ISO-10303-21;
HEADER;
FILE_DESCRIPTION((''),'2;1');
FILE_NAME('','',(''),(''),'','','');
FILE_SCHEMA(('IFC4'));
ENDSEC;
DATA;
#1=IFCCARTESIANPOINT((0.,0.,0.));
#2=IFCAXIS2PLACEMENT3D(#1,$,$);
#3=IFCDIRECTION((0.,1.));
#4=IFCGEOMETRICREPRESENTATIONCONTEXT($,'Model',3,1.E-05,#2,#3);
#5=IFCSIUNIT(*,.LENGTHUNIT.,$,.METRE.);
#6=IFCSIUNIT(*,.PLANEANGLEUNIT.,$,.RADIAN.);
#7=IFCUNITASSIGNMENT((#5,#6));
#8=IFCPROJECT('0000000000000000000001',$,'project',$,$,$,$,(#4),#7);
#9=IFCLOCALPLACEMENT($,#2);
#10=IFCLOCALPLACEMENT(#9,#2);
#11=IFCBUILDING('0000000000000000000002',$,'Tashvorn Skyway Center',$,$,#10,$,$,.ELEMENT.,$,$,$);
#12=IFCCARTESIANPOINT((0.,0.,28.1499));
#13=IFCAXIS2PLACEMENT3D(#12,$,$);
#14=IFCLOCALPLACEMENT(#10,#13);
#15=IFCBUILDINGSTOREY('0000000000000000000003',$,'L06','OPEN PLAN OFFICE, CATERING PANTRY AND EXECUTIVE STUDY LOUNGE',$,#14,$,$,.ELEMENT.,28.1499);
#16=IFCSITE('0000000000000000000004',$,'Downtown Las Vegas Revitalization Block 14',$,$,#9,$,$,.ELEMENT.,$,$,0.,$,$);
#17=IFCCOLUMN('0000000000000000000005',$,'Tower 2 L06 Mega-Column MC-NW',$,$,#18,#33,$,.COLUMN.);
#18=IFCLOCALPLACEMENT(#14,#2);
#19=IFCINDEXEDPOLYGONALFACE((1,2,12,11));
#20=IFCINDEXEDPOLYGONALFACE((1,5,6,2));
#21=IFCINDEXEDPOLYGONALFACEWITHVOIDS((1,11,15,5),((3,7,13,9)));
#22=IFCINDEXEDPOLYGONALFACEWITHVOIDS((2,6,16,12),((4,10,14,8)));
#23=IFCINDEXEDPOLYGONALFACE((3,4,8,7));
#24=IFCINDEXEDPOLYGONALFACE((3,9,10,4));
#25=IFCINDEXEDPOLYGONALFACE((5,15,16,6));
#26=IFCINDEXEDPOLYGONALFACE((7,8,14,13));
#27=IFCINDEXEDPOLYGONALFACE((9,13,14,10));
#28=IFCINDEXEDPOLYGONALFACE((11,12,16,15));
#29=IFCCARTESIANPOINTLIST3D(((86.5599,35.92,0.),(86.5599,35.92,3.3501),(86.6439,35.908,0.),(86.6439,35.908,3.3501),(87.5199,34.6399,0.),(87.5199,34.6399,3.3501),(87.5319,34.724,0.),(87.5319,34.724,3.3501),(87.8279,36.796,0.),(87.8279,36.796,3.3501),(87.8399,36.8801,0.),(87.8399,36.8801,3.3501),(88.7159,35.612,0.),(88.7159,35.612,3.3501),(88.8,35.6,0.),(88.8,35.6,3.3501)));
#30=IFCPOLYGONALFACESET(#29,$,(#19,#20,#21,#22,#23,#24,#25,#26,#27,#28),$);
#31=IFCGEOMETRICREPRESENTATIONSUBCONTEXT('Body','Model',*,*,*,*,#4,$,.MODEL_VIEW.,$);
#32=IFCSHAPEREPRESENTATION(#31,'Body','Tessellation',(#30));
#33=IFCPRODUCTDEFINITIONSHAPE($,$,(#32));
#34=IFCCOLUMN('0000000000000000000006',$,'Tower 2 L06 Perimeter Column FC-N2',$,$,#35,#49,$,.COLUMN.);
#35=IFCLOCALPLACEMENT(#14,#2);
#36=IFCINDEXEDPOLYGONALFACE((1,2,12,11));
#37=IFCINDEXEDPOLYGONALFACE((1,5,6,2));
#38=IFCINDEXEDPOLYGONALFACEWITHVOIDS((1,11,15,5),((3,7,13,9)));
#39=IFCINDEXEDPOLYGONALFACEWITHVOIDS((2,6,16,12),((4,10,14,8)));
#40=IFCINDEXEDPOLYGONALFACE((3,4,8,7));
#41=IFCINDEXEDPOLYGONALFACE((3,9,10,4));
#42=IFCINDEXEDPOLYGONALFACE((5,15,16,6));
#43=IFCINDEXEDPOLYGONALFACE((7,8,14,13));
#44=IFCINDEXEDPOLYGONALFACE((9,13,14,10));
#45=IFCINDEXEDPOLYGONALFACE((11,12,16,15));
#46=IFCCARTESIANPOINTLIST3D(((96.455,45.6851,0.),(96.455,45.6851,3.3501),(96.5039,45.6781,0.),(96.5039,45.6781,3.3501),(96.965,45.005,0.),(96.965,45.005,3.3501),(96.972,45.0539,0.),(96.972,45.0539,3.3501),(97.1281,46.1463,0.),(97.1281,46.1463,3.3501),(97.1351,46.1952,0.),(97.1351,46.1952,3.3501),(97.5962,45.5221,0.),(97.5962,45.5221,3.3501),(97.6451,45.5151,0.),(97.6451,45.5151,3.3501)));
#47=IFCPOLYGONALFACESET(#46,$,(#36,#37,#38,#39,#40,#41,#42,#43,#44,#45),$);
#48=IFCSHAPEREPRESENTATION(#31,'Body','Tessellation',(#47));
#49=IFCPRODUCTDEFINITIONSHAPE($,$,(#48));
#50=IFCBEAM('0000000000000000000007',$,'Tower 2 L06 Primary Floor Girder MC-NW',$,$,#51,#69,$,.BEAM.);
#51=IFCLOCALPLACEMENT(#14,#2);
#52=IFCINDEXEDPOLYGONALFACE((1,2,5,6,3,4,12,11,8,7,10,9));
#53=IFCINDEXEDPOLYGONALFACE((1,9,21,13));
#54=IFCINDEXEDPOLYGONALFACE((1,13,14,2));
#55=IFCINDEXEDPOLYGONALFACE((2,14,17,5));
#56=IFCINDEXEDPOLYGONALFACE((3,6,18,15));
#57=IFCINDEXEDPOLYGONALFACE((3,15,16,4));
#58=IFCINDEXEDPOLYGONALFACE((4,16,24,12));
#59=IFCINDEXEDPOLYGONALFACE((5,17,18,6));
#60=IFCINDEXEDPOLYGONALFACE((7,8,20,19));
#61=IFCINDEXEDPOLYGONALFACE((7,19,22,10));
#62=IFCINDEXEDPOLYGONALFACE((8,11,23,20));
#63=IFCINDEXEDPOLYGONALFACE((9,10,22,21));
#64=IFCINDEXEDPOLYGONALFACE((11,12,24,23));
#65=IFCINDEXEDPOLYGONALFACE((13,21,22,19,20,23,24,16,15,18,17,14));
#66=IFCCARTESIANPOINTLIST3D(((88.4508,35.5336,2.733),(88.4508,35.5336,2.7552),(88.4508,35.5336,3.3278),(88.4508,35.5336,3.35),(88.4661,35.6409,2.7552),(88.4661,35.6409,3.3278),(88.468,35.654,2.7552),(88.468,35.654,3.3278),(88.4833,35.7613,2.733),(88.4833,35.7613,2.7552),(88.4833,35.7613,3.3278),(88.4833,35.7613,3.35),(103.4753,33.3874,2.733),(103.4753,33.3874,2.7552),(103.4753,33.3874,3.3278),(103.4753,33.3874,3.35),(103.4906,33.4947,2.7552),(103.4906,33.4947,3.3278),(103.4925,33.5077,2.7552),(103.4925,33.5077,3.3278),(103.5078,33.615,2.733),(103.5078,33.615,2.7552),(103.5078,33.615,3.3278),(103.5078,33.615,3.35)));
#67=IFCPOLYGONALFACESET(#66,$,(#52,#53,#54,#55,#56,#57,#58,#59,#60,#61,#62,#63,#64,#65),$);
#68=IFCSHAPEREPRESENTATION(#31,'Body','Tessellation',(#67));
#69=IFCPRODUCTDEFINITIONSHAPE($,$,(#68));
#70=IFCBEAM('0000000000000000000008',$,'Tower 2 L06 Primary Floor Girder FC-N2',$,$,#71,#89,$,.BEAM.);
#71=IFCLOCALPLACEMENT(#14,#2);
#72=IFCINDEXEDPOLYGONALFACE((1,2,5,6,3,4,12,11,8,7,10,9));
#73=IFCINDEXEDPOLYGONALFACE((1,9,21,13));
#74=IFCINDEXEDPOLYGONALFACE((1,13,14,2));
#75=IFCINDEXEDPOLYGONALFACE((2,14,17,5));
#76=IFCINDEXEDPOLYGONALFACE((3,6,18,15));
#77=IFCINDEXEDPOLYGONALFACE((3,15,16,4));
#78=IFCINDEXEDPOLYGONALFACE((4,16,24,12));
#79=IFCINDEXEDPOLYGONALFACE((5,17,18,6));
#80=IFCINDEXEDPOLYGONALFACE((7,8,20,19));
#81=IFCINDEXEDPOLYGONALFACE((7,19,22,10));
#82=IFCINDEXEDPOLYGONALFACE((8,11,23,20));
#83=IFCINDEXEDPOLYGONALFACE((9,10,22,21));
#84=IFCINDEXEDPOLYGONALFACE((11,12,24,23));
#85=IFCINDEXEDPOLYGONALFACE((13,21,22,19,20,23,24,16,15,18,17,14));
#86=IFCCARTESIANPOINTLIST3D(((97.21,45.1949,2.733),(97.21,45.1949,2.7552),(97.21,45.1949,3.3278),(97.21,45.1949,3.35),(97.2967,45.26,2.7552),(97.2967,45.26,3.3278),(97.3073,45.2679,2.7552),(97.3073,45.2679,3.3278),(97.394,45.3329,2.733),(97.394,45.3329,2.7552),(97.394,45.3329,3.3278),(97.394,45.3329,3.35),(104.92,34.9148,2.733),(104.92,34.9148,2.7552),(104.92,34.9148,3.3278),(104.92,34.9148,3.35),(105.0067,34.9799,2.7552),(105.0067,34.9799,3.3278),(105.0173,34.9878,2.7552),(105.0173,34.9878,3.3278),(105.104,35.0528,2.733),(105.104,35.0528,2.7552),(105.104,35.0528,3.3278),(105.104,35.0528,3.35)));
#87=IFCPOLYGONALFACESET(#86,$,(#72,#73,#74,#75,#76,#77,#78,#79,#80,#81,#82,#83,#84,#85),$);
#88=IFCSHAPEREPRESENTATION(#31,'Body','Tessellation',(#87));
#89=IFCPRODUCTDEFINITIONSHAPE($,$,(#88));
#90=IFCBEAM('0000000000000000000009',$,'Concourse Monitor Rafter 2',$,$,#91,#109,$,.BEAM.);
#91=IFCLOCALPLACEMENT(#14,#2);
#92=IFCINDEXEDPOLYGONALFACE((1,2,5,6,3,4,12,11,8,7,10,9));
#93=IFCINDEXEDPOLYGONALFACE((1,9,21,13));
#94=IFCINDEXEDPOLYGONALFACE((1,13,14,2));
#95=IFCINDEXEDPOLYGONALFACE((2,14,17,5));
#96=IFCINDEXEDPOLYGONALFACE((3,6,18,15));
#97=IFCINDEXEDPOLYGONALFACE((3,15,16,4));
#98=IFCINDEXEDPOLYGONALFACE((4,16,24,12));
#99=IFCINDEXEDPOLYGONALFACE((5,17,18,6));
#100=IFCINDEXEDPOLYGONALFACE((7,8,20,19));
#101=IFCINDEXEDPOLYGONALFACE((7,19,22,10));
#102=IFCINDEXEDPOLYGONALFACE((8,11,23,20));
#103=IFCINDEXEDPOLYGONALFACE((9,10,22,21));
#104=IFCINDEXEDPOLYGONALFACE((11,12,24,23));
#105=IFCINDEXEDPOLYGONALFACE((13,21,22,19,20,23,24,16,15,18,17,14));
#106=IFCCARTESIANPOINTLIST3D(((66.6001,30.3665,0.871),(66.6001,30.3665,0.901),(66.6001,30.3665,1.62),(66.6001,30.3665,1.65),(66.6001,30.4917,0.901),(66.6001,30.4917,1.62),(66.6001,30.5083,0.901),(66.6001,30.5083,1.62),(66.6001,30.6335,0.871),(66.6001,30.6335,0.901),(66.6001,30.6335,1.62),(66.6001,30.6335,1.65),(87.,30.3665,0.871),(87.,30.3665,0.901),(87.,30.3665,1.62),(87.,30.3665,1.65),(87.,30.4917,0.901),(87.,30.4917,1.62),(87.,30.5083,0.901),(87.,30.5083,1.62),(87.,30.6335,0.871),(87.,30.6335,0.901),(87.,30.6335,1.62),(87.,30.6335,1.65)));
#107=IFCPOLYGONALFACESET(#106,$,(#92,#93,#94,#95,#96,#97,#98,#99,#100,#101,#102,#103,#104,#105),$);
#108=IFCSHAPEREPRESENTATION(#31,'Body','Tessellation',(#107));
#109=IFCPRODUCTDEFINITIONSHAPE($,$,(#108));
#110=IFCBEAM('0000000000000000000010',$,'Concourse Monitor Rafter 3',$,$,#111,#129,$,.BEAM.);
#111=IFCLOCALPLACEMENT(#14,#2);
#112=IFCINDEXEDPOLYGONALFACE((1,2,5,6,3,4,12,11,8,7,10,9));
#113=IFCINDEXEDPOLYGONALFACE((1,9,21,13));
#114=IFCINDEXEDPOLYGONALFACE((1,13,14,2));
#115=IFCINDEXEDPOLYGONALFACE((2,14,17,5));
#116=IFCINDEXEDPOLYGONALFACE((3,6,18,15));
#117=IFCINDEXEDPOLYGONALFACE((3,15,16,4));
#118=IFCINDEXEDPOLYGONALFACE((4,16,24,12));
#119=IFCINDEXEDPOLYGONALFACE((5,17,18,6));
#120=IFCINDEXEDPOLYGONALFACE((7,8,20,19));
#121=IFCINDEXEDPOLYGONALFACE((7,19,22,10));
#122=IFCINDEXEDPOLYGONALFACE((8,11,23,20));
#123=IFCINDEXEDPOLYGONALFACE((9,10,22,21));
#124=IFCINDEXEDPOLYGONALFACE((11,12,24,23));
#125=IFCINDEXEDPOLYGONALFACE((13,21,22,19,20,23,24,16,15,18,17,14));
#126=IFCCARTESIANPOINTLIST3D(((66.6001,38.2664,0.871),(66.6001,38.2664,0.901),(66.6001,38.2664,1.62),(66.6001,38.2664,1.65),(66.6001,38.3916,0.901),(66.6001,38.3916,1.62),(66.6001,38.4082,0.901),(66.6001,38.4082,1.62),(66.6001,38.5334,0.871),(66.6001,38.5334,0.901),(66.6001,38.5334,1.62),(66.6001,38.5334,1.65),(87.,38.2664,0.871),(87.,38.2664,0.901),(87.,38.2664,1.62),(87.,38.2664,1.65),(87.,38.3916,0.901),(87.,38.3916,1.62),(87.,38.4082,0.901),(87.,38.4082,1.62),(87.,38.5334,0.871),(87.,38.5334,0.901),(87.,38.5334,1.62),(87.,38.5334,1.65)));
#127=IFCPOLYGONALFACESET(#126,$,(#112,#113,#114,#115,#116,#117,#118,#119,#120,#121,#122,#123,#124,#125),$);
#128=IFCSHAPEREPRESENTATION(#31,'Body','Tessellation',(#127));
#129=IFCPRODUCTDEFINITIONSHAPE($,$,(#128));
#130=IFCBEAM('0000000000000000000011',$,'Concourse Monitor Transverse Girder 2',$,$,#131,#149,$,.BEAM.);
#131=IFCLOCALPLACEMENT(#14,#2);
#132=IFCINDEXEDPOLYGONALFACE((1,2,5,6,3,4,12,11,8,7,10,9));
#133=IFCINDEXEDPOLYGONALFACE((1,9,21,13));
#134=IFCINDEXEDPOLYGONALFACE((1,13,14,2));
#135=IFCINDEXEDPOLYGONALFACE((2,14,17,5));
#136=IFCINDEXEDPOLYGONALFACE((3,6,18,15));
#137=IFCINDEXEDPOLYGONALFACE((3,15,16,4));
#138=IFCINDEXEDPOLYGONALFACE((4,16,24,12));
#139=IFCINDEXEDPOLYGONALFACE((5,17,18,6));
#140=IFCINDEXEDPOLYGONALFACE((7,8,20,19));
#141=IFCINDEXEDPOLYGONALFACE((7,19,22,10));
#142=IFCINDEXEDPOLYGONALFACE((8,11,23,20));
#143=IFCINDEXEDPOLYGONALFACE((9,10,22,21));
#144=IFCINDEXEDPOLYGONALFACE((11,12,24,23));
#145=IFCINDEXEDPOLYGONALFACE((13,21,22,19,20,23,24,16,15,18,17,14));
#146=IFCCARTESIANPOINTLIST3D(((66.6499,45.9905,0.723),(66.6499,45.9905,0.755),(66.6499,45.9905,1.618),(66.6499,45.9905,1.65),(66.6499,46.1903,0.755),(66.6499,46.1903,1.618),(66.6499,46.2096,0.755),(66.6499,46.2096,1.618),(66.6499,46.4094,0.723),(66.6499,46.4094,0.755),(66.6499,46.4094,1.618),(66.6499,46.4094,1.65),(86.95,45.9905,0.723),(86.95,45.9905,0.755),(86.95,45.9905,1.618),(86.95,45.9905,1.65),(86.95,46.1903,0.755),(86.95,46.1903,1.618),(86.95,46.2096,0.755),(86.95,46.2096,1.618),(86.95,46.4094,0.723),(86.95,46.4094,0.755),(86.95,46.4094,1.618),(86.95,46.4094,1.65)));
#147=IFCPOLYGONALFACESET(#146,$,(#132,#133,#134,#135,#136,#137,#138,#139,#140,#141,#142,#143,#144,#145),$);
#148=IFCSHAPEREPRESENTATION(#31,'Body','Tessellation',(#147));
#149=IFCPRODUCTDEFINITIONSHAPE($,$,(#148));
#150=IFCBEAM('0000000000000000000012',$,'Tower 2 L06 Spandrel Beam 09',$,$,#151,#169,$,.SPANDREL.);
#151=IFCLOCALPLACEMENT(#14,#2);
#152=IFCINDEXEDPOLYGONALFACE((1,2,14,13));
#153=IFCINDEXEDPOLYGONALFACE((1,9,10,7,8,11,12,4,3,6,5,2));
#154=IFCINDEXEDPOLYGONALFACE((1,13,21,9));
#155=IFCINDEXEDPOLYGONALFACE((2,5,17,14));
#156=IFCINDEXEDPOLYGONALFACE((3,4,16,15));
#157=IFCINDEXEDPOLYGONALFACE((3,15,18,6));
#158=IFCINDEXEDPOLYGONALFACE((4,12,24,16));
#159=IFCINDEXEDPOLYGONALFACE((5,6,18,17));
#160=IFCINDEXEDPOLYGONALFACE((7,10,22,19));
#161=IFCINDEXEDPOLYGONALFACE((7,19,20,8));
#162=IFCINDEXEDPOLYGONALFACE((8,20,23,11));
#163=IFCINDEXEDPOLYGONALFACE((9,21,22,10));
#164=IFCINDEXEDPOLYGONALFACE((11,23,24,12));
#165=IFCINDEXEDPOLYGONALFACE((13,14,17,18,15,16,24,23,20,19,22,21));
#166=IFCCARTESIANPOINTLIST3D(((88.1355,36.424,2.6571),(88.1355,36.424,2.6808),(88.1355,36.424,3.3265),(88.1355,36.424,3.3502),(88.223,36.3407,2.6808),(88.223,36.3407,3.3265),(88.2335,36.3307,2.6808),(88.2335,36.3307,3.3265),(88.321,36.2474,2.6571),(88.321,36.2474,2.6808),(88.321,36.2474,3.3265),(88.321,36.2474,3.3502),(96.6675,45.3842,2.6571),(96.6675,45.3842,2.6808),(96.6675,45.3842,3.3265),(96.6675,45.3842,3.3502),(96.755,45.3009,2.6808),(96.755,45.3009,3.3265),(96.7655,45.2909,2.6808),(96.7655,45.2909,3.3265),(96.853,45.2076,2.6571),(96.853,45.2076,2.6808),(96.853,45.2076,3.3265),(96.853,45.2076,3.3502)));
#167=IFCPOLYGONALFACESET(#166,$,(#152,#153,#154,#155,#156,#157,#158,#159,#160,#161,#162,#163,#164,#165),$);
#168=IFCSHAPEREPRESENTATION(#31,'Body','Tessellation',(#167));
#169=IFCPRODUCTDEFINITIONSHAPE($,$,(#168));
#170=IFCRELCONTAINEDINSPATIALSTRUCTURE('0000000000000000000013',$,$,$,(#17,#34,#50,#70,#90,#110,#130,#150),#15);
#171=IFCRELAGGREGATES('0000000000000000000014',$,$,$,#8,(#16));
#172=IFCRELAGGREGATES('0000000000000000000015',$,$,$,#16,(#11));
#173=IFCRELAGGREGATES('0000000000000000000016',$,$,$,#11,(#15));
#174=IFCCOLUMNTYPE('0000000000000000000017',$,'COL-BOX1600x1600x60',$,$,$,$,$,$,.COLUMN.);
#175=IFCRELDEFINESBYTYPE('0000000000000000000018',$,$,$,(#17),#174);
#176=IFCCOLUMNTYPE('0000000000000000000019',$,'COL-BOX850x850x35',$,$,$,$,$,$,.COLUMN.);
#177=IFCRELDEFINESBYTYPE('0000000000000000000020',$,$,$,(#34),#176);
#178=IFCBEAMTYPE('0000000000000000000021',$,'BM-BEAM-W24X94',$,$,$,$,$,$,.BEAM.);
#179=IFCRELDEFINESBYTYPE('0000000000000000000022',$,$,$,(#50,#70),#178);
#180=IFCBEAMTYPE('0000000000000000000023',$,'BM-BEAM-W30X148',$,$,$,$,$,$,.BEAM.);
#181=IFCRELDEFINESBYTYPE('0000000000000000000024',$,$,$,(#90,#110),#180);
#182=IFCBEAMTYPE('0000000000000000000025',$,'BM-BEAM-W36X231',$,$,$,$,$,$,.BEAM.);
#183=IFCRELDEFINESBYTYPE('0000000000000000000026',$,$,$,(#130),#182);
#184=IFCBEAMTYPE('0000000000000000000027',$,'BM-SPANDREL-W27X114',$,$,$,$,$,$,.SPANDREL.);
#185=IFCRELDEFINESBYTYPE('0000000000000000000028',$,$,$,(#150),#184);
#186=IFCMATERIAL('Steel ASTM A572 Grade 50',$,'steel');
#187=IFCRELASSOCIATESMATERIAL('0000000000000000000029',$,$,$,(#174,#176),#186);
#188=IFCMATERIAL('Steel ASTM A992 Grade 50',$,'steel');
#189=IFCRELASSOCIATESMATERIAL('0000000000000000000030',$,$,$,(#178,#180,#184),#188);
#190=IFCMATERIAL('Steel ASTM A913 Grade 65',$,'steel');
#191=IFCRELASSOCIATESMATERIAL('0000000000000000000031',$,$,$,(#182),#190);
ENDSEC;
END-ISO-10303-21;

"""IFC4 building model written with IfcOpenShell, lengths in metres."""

from ifc_helpers import new_model, si_unit, direction, frame, origin, origin_2d, place, context, subcontext, project, spatial, hollow_rectangle, i_section, extrude, material, material_profile, profile_set, type_object, element, save


model = new_model("IFC4")

# Units and contexts
model_context = context("Model", 3, precision=1e-05, world=origin(), true_north=direction((0.0, 1.0)))
body_context = subcontext(model_context, "Body", "Model", "MODEL_VIEW")
ifc_project = project(units=[si_unit("LENGTHUNIT", "METRE"), si_unit("PLANEANGLEUNIT", "RADIAN")], contexts=[model_context])

# Site, building, storey
site_placement = place(None, origin())
site = spatial("IfcSite", under=ifc_project, at=site_placement, Name="Downtown Las Vegas Revitalization Block 14", CompositionType="ELEMENT", RefElevation=0.0)
building_placement = place(site_placement, origin())
building = spatial("IfcBuilding", under=site, at=building_placement, Name="Tashvorn Skyway Center", CompositionType="ELEMENT")
storey_placement = place(building_placement, frame((0.0, 0.0, 28.1499)))
storey = spatial("IfcBuildingStorey", under=building, at=storey_placement, Name="L06", Description="OPEN PLAN OFFICE, CATERING PANTRY AND EXECUTIVE STUDY LOUNGE", CompositionType="ELEMENT", Elevation=28.1499)

# Columns
ifc_material_1 = material(Name="Steel ASTM A572 Grade 50", Category="steel")
ifc_material_profile_1 = material_profile(ifc_material_1, hollow_rectangle(XDim=1.6001, YDim=1.6001, WallThickness=0.0601, at=origin_2d()), Name="BOX1600x1600x60")
ifc_profile_set_1 = profile_set([ifc_material_profile_1], Name="Steel ASTM A572 Grade 50")
column_type_1 = type_object("IfcColumnType", Name="COL-BOX1600x1600x60", PredefinedType="COLUMN", material=ifc_profile_set_1)
column_1_placement = place(storey_placement, frame((87.6799, 35.76, 0.0), z_axis=(0.0, 0.0, 1.0), x_axis=(0.8, 0.6, 0.0)))
element("IfcColumn", 1, at=column_1_placement, inside=storey, type_object=column_type_1, Name="Tower 2 L06 Mega-Column MC-NW", PredefinedType="COLUMN", context=body_context, shape_type="SweptSolid", body=[
    extrude(hollow_rectangle(XDim=1.6001, YDim=1.6001, WallThickness=0.0601, at=origin_2d()), origin(), (0.0, 0.0, 1.0), 3.3501),
])
ifc_material_profile_2 = material_profile(ifc_material_1, hollow_rectangle(XDim=0.8501, YDim=0.8501, WallThickness=0.0349, at=origin_2d()), Name="BOX850x850x35")
ifc_profile_set_2 = profile_set([ifc_material_profile_2], Name="Steel ASTM A572 Grade 50")
column_type_2 = type_object("IfcColumnType", Name="COL-BOX850x850x35", PredefinedType="COLUMN", material=ifc_profile_set_2)
column_2_placement = place(storey_placement, frame((97.05, 45.6001, 0.0), z_axis=(0.0, 0.0, 1.0), x_axis=(0.8, 0.6, 0.0)))
element("IfcColumn", 2, at=column_2_placement, inside=storey, type_object=column_type_2, Name="Tower 2 L06 Perimeter Column FC-N2", PredefinedType="COLUMN", context=body_context, shape_type="SweptSolid", body=[
    extrude(hollow_rectangle(XDim=0.8501, YDim=0.8501, WallThickness=0.0349, at=origin_2d()), origin(), (0.0, 0.0, 1.0), 3.3501),
])

# Beams
ifc_material_2 = material(Name="Steel ASTM A992 Grade 50", Category="steel")
ifc_material_profile_3 = material_profile(ifc_material_2, i_section(OverallWidth=0.23, OverallDepth=0.6169, WebThickness=0.0132, FlangeThickness=0.0222, at=origin_2d()), Name="W24X94")
ifc_profile_set_3 = profile_set([ifc_material_profile_3], Name="Steel ASTM A992 Grade 50")
beam_type_1 = type_object("IfcBeamType", Name="BM-BEAM-W24X94", PredefinedType="BEAM", material=ifc_profile_set_3)
beam_1_placement = place(storey_placement, frame((88.467, 35.6475, 3.0415), z_axis=(0.98995, -0.141415, 0.0), x_axis=(0.141415, 0.98995, 0.0)))
element("IfcBeam", 3, at=beam_1_placement, inside=storey, type_object=beam_type_1, Name="Tower 2 L06 Primary Floor Girder MC-NW", PredefinedType="BEAM", context=body_context, shape_type="SweptSolid", body=[
    extrude(i_section(OverallWidth=0.23, OverallDepth=0.6169, WebThickness=0.0132, FlangeThickness=0.0222, at=origin_2d()), origin(), (0.0, 0.0, 1.0), 15.177),
])
beam_2_placement = place(storey_placement, frame((97.302, 45.2639, 3.0415), z_axis=(0.599997, -0.800002, 0.0), x_axis=(0.800002, 0.599997, 0.0)))
element("IfcBeam", 4, at=beam_2_placement, inside=storey, type_object=beam_type_1, Name="Tower 2 L06 Primary Floor Girder FC-N2", PredefinedType="BEAM", context=body_context, shape_type="SweptSolid", body=[
    extrude(i_section(OverallWidth=0.23, OverallDepth=0.6169, WebThickness=0.0132, FlangeThickness=0.0222, at=origin_2d()), origin(), (0.0, 0.0, 1.0), 12.8501),
])
ifc_material_profile_4 = material_profile(ifc_material_2, i_section(OverallWidth=0.2671, OverallDepth=0.7791, WebThickness=0.0166, FlangeThickness=0.03, at=origin_2d()), Name="W30X148")
ifc_profile_set_4 = profile_set([ifc_material_profile_4], Name="Steel ASTM A992 Grade 50")
beam_type_2 = type_object("IfcBeamType", Name="BM-BEAM-W30X148", PredefinedType="BEAM", material=ifc_profile_set_4)
for number, where, z_axis, x_axis, name in (
    (5, (66.6001, 30.5, 1.2605), (1.0, 0.0, 0.0), (0.0, 1.0, 0.0), "Concourse Monitor Rafter 2"),
    (6, (66.6001, 38.3999, 1.2605), (1.0, 0.0, 0.0), (0.0, 1.0, 0.0), "Concourse Monitor Rafter 3"),
):
    element("IfcBeam", number, at=place(storey_placement, frame(where, z_axis=z_axis, x_axis=x_axis)), inside=storey, type_object=beam_type_2, Name=name, PredefinedType="BEAM", context=body_context, shape_type="SweptSolid", body=[
        extrude(i_section(OverallWidth=0.2671, OverallDepth=0.7791, WebThickness=0.0166, FlangeThickness=0.03, at=origin_2d()), origin(), (0.0, 0.0, 1.0), 20.3999),
    ])
ifc_material_3 = material(Name="Steel ASTM A913 Grade 65", Category="steel")
ifc_material_profile_5 = material_profile(ifc_material_3, i_section(OverallWidth=0.4189, OverallDepth=0.927, WebThickness=0.0193, FlangeThickness=0.032, at=origin_2d()), Name="W36X231")
ifc_profile_set_5 = profile_set([ifc_material_profile_5], Name="Steel ASTM A913 Grade 65")
beam_type_3 = type_object("IfcBeamType", Name="BM-BEAM-W36X231", PredefinedType="BEAM", material=ifc_profile_set_5)
beam_3_placement = place(storey_placement, frame((66.6499, 46.2, 1.1865), z_axis=(1.0, 0.0, 0.0), x_axis=(0.0, 1.0, 0.0)))
element("IfcBeam", 7, at=beam_3_placement, inside=storey, type_object=beam_type_3, Name="Concourse Monitor Transverse Girder 2", PredefinedType="BEAM", context=body_context, shape_type="SweptSolid", body=[
    extrude(i_section(OverallWidth=0.4189, OverallDepth=0.927, WebThickness=0.0193, FlangeThickness=0.032, at=origin_2d()), origin(), (0.0, 0.0, 1.0), 20.3),
])
ifc_material_profile_6 = material_profile(ifc_material_2, i_section(OverallWidth=0.2561, OverallDepth=0.6931, WebThickness=0.0144, FlangeThickness=0.0237, at=origin_2d()), Name="W27X114")
ifc_profile_set_6 = profile_set([ifc_material_profile_6], Name="Steel ASTM A992 Grade 50")
beam_type_4 = type_object("IfcBeamType", Name="BM-SPANDREL-W27X114", PredefinedType="SPANDREL", material=ifc_profile_set_6)
for number, where, z_axis, x_axis, name in (
    (8, (96.7603, 45.2959, 3.0037), (-0.68959, -0.7242, 0.0), (0.7242, -0.68959, 0.0), "Tower 2 L06 Spandrel Beam 09"),
):
    element("IfcBeam", number, at=place(storey_placement, frame(where, z_axis=z_axis, x_axis=x_axis)), inside=storey, type_object=beam_type_4, Name=name, PredefinedType="SPANDREL", context=body_context, shape_type="SweptSolid", body=[
        extrude(i_section(OverallWidth=0.2561, OverallDepth=0.6931, WebThickness=0.0144, FlangeThickness=0.0237, at=origin_2d()), origin(), (0.0, 0.0, 1.0), 12.3726),
    ])

save(model, "model.ifc")
